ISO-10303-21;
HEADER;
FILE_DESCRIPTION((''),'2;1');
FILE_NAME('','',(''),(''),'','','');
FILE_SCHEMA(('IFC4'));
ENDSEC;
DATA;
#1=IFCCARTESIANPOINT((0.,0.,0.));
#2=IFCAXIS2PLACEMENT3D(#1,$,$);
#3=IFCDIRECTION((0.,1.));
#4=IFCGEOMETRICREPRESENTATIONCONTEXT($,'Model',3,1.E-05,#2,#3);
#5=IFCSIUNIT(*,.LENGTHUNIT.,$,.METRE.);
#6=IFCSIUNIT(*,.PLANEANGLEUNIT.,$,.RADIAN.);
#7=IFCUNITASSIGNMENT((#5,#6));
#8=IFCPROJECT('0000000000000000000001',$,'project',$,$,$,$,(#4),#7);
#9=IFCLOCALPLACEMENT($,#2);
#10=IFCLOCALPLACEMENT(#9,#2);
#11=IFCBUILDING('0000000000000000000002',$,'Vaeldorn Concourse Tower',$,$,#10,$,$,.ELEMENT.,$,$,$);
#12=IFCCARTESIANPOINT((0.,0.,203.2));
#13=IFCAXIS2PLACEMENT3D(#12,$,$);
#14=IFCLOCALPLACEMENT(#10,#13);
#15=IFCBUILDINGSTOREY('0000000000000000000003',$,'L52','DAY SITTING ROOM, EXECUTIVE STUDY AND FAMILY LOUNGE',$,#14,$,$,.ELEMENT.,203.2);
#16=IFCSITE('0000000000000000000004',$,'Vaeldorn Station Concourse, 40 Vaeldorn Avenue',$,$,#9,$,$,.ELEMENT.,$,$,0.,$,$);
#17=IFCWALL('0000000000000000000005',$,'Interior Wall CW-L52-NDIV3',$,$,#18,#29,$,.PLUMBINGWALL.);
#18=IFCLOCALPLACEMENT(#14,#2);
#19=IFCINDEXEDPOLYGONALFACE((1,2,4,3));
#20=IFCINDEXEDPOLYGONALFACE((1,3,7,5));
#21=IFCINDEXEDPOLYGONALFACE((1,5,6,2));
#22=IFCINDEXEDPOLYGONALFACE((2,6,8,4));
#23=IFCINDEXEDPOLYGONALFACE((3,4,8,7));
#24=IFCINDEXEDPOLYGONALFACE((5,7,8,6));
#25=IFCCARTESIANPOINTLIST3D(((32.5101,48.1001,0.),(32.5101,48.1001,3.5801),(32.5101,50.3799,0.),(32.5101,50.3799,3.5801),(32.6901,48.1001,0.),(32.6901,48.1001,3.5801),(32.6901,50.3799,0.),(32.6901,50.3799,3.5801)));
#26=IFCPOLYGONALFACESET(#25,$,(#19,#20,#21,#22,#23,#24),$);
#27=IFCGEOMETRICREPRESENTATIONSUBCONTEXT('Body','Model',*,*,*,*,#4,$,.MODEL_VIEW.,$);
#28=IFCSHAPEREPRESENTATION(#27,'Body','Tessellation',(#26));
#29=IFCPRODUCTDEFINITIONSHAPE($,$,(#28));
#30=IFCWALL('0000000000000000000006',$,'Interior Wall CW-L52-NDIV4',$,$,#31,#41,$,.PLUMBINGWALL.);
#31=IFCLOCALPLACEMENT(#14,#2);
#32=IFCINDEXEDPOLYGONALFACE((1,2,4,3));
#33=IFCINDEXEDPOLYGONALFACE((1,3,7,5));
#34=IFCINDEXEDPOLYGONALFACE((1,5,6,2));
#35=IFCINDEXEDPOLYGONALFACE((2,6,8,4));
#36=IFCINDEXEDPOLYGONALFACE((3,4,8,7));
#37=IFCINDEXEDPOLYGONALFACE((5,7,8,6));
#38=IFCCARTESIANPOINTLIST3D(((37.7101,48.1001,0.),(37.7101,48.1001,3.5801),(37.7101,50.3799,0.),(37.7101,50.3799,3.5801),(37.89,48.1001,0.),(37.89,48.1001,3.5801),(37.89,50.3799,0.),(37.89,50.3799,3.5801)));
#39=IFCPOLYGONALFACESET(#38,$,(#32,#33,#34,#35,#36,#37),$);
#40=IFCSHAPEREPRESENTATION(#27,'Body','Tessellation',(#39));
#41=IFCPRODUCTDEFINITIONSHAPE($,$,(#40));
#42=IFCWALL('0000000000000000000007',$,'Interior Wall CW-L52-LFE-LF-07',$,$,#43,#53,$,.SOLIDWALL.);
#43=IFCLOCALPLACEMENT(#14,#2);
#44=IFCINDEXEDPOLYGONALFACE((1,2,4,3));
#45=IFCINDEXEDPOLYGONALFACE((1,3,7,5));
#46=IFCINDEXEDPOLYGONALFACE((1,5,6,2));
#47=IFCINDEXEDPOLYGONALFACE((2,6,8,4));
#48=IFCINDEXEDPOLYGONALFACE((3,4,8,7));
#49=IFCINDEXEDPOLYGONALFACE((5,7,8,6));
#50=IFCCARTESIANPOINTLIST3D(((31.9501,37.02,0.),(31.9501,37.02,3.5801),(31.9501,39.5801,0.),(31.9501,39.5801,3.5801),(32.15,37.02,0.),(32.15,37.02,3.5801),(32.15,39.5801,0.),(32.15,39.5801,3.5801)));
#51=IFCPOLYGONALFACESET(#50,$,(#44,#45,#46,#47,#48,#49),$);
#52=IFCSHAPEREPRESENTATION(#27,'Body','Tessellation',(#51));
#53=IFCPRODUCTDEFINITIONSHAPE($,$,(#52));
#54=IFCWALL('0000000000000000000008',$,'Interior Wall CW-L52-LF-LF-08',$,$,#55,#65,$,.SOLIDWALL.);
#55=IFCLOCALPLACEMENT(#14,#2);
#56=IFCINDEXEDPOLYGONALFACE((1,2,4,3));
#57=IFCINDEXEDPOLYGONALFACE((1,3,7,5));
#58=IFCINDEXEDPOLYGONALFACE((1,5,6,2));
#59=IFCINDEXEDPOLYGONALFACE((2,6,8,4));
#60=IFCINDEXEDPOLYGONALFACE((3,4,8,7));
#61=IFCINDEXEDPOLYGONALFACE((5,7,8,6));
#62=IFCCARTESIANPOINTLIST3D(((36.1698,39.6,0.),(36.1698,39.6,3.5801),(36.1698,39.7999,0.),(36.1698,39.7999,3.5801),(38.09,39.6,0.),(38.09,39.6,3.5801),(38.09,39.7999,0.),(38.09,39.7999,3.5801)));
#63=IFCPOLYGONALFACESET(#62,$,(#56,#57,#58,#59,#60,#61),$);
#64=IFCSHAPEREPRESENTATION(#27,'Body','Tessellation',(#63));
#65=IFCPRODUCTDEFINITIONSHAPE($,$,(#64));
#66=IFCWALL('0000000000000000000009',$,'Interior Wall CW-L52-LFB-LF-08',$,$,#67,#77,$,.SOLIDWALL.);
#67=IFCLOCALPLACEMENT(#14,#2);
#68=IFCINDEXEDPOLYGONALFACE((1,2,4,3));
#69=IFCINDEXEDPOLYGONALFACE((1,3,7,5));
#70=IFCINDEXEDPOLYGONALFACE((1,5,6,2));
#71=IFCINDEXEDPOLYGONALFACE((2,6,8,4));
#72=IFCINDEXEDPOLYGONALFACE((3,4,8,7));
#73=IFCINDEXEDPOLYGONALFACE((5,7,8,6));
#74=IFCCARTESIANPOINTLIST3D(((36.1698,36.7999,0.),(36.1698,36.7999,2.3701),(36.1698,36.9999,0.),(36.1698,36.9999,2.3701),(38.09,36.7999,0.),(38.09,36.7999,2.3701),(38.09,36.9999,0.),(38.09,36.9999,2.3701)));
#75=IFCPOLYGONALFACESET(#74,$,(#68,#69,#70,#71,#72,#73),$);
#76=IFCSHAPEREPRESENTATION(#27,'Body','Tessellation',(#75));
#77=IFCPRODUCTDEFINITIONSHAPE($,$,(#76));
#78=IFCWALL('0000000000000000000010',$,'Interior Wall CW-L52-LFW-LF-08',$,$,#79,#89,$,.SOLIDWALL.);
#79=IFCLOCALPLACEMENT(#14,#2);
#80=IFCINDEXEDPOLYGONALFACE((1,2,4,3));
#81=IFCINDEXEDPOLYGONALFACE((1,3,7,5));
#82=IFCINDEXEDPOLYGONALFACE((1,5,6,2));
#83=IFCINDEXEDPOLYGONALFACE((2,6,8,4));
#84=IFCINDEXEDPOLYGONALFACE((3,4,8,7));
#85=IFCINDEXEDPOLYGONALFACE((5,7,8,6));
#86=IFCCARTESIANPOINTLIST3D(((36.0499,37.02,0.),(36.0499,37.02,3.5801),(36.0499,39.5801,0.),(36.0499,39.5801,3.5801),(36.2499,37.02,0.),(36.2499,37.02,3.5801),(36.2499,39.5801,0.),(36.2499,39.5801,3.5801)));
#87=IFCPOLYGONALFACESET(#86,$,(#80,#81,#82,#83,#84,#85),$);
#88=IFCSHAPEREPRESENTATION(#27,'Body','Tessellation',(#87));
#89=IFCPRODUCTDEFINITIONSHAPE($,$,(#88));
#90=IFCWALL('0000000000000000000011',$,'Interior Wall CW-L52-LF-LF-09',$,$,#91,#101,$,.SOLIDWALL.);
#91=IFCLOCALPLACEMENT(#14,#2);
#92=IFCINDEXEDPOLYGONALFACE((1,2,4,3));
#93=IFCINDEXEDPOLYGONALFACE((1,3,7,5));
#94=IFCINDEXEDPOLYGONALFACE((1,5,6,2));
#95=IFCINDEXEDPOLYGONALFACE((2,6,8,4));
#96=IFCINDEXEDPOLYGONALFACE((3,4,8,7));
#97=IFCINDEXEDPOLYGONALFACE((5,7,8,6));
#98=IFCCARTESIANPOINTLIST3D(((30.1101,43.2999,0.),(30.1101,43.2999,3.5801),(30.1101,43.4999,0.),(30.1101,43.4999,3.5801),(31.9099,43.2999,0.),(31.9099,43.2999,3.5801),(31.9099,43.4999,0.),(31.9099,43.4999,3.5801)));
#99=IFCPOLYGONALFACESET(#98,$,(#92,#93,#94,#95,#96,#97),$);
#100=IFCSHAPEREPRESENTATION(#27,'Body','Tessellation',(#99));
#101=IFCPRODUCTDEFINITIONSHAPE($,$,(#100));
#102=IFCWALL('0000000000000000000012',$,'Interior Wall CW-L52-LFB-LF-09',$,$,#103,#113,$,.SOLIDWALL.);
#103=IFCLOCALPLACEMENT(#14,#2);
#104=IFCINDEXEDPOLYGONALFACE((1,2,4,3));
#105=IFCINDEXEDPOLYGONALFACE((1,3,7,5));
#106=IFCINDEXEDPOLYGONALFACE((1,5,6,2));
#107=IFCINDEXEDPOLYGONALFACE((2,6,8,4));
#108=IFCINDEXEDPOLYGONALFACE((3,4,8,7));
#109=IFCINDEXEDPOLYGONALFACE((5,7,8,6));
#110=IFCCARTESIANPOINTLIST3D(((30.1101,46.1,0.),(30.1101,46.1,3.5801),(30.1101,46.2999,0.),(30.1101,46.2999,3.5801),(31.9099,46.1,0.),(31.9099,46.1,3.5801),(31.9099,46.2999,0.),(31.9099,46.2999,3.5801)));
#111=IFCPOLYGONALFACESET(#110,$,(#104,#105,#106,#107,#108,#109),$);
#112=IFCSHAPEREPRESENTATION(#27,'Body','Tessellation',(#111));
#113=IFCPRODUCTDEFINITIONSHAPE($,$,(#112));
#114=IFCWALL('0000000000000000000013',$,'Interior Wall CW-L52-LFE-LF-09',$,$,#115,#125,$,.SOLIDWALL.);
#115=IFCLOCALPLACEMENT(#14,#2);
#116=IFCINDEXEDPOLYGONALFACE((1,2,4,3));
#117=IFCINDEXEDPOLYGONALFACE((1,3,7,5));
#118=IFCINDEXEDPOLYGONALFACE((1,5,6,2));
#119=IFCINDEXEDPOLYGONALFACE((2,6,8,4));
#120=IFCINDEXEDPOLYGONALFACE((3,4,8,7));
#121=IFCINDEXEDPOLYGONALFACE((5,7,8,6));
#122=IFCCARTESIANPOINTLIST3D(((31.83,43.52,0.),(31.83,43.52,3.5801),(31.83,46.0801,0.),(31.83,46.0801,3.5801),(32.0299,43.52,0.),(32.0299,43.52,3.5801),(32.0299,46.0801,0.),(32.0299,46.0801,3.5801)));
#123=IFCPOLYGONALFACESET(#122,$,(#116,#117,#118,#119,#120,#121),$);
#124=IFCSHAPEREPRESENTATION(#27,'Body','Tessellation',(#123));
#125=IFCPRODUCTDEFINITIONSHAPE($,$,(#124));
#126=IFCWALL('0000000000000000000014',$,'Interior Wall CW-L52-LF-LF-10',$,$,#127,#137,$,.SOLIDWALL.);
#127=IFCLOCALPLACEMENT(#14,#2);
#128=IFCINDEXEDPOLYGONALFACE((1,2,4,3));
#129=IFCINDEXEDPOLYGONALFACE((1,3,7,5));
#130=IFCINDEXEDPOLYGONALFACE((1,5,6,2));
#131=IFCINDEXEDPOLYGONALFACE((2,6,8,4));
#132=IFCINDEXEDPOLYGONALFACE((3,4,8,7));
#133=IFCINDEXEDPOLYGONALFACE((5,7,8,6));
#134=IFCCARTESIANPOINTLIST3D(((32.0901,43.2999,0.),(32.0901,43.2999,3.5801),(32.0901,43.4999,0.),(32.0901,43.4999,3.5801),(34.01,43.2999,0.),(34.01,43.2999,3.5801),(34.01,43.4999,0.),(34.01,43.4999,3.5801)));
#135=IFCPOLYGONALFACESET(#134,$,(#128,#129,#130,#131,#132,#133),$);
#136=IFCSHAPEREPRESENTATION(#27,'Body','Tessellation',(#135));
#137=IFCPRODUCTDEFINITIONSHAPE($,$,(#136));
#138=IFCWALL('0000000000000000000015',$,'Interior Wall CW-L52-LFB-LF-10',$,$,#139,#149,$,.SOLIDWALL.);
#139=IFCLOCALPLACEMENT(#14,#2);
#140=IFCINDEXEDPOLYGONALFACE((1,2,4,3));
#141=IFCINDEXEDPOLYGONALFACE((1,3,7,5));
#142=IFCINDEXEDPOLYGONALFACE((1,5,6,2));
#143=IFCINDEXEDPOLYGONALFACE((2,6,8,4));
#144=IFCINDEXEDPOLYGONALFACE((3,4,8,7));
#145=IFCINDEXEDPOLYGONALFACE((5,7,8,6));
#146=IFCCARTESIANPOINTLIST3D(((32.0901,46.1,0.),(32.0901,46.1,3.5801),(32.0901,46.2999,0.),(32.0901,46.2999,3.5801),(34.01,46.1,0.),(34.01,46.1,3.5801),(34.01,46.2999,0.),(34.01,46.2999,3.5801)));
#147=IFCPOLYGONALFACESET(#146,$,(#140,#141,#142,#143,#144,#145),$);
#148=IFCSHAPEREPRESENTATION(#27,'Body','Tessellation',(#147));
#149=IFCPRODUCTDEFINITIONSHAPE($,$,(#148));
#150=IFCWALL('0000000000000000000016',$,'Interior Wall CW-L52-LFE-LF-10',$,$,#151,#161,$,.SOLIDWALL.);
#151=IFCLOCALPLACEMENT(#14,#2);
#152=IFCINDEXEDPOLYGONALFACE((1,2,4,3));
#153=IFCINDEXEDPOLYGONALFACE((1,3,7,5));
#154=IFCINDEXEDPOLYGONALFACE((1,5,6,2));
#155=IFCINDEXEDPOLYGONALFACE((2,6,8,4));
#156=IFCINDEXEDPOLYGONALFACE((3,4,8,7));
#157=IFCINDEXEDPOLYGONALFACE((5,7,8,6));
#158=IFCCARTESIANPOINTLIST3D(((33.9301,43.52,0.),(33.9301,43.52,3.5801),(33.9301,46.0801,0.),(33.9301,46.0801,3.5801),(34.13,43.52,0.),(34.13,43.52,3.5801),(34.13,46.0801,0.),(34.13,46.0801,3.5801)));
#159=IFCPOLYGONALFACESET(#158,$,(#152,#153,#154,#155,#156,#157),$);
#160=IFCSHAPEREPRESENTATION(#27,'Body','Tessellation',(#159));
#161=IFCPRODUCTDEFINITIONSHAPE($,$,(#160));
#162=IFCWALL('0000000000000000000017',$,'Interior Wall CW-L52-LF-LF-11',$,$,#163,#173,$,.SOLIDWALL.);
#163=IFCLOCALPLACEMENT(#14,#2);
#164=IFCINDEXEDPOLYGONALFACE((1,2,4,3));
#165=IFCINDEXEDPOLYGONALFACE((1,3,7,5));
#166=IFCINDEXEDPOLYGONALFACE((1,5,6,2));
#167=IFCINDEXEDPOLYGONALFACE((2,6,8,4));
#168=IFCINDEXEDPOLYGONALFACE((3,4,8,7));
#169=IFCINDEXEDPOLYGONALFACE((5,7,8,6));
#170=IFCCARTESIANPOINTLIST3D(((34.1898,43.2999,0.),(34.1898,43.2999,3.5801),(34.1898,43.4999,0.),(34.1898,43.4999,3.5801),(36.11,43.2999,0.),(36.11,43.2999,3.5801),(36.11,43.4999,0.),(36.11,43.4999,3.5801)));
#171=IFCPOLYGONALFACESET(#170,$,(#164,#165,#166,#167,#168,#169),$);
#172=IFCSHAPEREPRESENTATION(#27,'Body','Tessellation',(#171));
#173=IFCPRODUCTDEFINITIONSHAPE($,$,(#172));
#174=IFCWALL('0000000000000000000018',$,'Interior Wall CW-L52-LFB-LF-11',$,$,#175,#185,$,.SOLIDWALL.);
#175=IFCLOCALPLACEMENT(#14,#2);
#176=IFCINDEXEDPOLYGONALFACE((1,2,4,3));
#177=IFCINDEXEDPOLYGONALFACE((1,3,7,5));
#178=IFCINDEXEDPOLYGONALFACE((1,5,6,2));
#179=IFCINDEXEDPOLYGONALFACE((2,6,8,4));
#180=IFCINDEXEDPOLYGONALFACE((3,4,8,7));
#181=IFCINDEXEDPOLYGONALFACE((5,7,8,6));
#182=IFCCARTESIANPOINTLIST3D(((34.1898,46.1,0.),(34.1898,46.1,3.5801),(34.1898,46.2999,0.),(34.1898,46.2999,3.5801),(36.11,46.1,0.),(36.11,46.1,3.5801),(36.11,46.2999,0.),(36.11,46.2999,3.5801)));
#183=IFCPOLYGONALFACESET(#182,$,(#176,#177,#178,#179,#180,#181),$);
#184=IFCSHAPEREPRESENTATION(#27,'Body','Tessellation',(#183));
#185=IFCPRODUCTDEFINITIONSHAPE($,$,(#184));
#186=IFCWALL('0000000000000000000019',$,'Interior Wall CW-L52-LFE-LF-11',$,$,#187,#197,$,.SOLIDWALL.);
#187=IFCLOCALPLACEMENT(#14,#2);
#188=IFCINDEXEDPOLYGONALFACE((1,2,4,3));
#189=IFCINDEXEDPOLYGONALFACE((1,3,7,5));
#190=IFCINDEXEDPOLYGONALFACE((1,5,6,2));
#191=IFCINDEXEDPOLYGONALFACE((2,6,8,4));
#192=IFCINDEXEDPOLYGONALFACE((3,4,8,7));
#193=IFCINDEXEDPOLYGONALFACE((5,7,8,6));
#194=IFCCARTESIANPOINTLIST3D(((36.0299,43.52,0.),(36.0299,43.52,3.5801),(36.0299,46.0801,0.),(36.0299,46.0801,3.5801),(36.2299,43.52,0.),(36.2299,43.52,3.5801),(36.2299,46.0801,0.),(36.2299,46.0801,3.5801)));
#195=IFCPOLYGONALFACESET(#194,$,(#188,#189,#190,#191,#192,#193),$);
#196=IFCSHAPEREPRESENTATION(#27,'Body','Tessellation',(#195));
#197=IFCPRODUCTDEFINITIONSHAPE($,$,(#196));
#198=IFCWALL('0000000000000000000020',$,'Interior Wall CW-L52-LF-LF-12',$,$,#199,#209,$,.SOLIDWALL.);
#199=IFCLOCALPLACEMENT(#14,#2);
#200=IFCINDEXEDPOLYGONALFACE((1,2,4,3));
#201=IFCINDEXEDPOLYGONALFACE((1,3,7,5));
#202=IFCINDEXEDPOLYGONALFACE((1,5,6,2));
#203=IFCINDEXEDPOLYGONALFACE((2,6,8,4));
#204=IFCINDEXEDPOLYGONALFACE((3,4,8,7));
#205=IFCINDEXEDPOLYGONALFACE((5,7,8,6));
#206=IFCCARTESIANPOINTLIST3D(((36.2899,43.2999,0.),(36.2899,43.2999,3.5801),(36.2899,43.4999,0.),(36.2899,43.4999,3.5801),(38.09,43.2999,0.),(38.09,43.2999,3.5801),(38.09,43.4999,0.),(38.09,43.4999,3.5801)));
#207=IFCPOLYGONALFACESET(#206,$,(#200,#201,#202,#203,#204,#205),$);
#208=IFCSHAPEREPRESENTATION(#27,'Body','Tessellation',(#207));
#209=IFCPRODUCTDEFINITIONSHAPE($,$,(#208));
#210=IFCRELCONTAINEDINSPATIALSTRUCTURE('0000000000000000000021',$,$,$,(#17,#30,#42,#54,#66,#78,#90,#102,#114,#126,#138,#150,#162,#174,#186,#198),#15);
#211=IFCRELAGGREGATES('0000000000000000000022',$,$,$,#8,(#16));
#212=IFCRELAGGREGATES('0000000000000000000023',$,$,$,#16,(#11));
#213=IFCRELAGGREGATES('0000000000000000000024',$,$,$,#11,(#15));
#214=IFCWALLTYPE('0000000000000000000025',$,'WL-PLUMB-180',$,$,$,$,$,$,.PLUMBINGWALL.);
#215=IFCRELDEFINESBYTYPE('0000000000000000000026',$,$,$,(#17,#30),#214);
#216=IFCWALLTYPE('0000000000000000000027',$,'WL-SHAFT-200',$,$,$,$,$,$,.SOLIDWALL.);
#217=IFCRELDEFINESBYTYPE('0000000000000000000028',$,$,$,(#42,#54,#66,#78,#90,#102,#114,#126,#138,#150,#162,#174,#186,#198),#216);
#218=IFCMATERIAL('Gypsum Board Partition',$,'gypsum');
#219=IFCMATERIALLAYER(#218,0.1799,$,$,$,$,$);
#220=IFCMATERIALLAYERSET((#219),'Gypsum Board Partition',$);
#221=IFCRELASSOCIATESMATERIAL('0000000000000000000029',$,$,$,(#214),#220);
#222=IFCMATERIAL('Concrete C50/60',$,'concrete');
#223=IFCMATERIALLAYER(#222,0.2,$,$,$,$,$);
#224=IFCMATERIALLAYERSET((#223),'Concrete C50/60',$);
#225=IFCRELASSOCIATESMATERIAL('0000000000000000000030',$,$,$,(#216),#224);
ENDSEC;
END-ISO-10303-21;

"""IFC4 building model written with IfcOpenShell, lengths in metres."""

from ifc_helpers import new_model, si_unit, direction, frame, frame_2d, origin, place, context, subcontext, project, spatial, rectangle, extrude, material, layer, layer_set, type_object, element, save


model = new_model("IFC4")

# Units and contexts
model_context = context("Model", 3, precision=1e-05, world=origin(), true_north=direction((0.0, 1.0)))
body_context = subcontext(model_context, "Body", "Model", "MODEL_VIEW")
ifc_project = project(units=[si_unit("LENGTHUNIT", "METRE"), si_unit("PLANEANGLEUNIT", "RADIAN")], contexts=[model_context])

# Site, building, storey
site_placement = place(None, origin())
site = spatial("IfcSite", under=ifc_project, at=site_placement, Name="Vaeldorn Station Concourse, 40 Vaeldorn Avenue", CompositionType="ELEMENT", RefElevation=0.0)
building_placement = place(site_placement, origin())
building = spatial("IfcBuilding", under=site, at=building_placement, Name="Vaeldorn Concourse Tower", CompositionType="ELEMENT")
storey_placement = place(building_placement, frame((0.0, 0.0, 203.2)))
storey = spatial("IfcBuildingStorey", under=building, at=storey_placement, Name="L52", Description="DAY SITTING ROOM, EXECUTIVE STUDY AND FAMILY LOUNGE", CompositionType="ELEMENT", Elevation=203.2)

# Shared definitions
ifc_material_1 = material(Name="Concrete C50/60", Category="concrete")

# Shared definitions
ifc_material_2 = material(Name="Gypsum Board Partition", Category="gypsum")

# Walls
ifc_layer_1 = layer(ifc_material_2, 0.1799)
ifc_layer_set_1 = layer_set([ifc_layer_1], Name="Gypsum Board Partition")
wall_type_1 = type_object("IfcWallType", Name="WL-PLUMB-180", PredefinedType="PLUMBINGWALL", material=ifc_layer_set_1)
for number, where, z_axis, x_axis, name in (
    (1, (32.6001, 48.1001, 0.0), (0.0, 0.0, 1.0), (0.0, 1.0, 0.0), "Interior Wall CW-L52-NDIV3"),
    (2, (37.8, 48.1001, 0.0), (0.0, 0.0, 1.0), (0.0, 1.0, 0.0), "Interior Wall CW-L52-NDIV4"),
):
    element("IfcWall", number, at=place(storey_placement, frame(where, z_axis=z_axis, x_axis=x_axis)), inside=storey, type_object=wall_type_1, Name=name, PredefinedType="PLUMBINGWALL", context=body_context, shape_type="SweptSolid", body=[
        extrude(rectangle(XDim=2.2798, YDim=0.1799, at=frame_2d((1.1399, 0.0))), origin(), (0.0, 0.0, 1.0), 3.5801),
    ])
ifc_layer_2 = layer(ifc_material_1, 0.2)
ifc_layer_set_2 = layer_set([ifc_layer_2], Name="Concrete C50/60")
wall_type_2 = type_object("IfcWallType", Name="WL-SHAFT-200", PredefinedType="SOLIDWALL", material=ifc_layer_set_2)
wall_1_placement = place(storey_placement, frame((32.05, 37.02, 0.0), z_axis=(0.0, 0.0, 1.0), x_axis=(0.0, 1.0, 0.0)))
element("IfcWall", 3, at=wall_1_placement, inside=storey, type_object=wall_type_2, Name="Interior Wall CW-L52-LFE-LF-07", PredefinedType="SOLIDWALL", context=body_context, shape_type="SweptSolid", body=[
    extrude(rectangle(XDim=2.5601, YDim=0.2, at=frame_2d((1.28, 0.0))), origin(), (0.0, 0.0, 1.0), 3.5801),
])
wall_2_placement = place(storey_placement, frame((36.1699, 39.7, 0.0), z_axis=(0.0, 0.0, 1.0), x_axis=(1.0, 0.0, 0.0)))
element("IfcWall", 4, at=wall_2_placement, inside=storey, type_object=wall_type_2, Name="Interior Wall CW-L52-LF-LF-08", PredefinedType="SOLIDWALL", context=body_context, shape_type="SweptSolid", body=[
    extrude(rectangle(XDim=1.9202, YDim=0.2, at=frame_2d((0.96, 0.0))), origin(), (0.0, 0.0, 1.0), 3.5801),
])
wall_3_placement = place(storey_placement, frame((36.1699, 36.8999, 0.0), z_axis=(0.0, 0.0, 1.0), x_axis=(1.0, 0.0, 0.0)))
element("IfcWall", 5, at=wall_3_placement, inside=storey, type_object=wall_type_2, Name="Interior Wall CW-L52-LFB-LF-08", PredefinedType="SOLIDWALL", context=body_context, shape_type="SweptSolid", body=[
    extrude(rectangle(XDim=1.9202, YDim=0.2, at=frame_2d((0.96, 0.0))), origin(), (0.0, 0.0, 1.0), 2.3701),
])
wall_4_placement = place(storey_placement, frame((36.1499, 37.02, 0.0), z_axis=(0.0, 0.0, 1.0), x_axis=(0.0, 1.0, 0.0)))
element("IfcWall", 6, at=wall_4_placement, inside=storey, type_object=wall_type_2, Name="Interior Wall CW-L52-LFW-LF-08", PredefinedType="SOLIDWALL", context=body_context, shape_type="SweptSolid", body=[
    extrude(rectangle(XDim=2.5601, YDim=0.2, at=frame_2d((1.28, 0.0))), origin(), (0.0, 0.0, 1.0), 3.5801),
])
for number, where, z_axis, x_axis, name in (
    (7, (30.1101, 43.3999, 0.0), (0.0, 0.0, 1.0), (1.0, 0.0, 0.0), "Interior Wall CW-L52-LF-LF-09"),
    (8, (30.1101, 46.2, 0.0), (0.0, 0.0, 1.0), (1.0, 0.0, 0.0), "Interior Wall CW-L52-LFB-LF-09"),
):
    element("IfcWall", number, at=place(storey_placement, frame(where, z_axis=z_axis, x_axis=x_axis)), inside=storey, type_object=wall_type_2, Name=name, PredefinedType="SOLIDWALL", context=body_context, shape_type="SweptSolid", body=[
        extrude(rectangle(XDim=1.7998, YDim=0.2, at=frame_2d((0.8999, 0.0))), origin(), (0.0, 0.0, 1.0), 3.5801),
    ])
wall_5_placement = place(storey_placement, frame((31.9299, 43.52, 0.0), z_axis=(0.0, 0.0, 1.0), x_axis=(0.0, 1.0, 0.0)))
element("IfcWall", 9, at=wall_5_placement, inside=storey, type_object=wall_type_2, Name="Interior Wall CW-L52-LFE-LF-09", PredefinedType="SOLIDWALL", context=body_context, shape_type="SweptSolid", body=[
    extrude(rectangle(XDim=2.5601, YDim=0.2, at=frame_2d((1.28, 0.0))), origin(), (0.0, 0.0, 1.0), 3.5801),
])
for number, where, z_axis, x_axis, name in (
    (10, (32.0901, 43.3999, 0.0), (0.0, 0.0, 1.0), (1.0, 0.0, 0.0), "Interior Wall CW-L52-LF-LF-10"),
    (11, (32.0901, 46.2, 0.0), (0.0, 0.0, 1.0), (1.0, 0.0, 0.0), "Interior Wall CW-L52-LFB-LF-10"),
):
    element("IfcWall", number, at=place(storey_placement, frame(where, z_axis=z_axis, x_axis=x_axis)), inside=storey, type_object=wall_type_2, Name=name, PredefinedType="SOLIDWALL", context=body_context, shape_type="SweptSolid", body=[
        extrude(rectangle(XDim=1.9199, YDim=0.2, at=frame_2d((0.96, 0.0))), origin(), (0.0, 0.0, 1.0), 3.5801),
    ])
wall_6_placement = place(storey_placement, frame((34.03, 43.52, 0.0), z_axis=(0.0, 0.0, 1.0), x_axis=(0.0, 1.0, 0.0)))
element("IfcWall", 12, at=wall_6_placement, inside=storey, type_object=wall_type_2, Name="Interior Wall CW-L52-LFE-LF-10", PredefinedType="SOLIDWALL", context=body_context, shape_type="SweptSolid", body=[
    extrude(rectangle(XDim=2.5601, YDim=0.2, at=frame_2d((1.28, 0.0))), origin(), (0.0, 0.0, 1.0), 3.5801),
])
for number, where, z_axis, x_axis, name in (
    (13, (34.1899, 43.3999, 0.0), (0.0, 0.0, 1.0), (1.0, 0.0, 0.0), "Interior Wall CW-L52-LF-LF-11"),
    (14, (34.1899, 46.2, 0.0), (0.0, 0.0, 1.0), (1.0, 0.0, 0.0), "Interior Wall CW-L52-LFB-LF-11"),
):
    element("IfcWall", number, at=place(storey_placement, frame(where, z_axis=z_axis, x_axis=x_axis)), inside=storey, type_object=wall_type_2, Name=name, PredefinedType="SOLIDWALL", context=body_context, shape_type="SweptSolid", body=[
        extrude(rectangle(XDim=1.9202, YDim=0.2, at=frame_2d((0.96, 0.0))), origin(), (0.0, 0.0, 1.0), 3.5801),
    ])
wall_7_placement = place(storey_placement, frame((36.1299, 43.52, 0.0), z_axis=(0.0, 0.0, 1.0), x_axis=(0.0, 1.0, 0.0)))
element("IfcWall", 15, at=wall_7_placement, inside=storey, type_object=wall_type_2, Name="Interior Wall CW-L52-LFE-LF-11", PredefinedType="SOLIDWALL", context=body_context, shape_type="SweptSolid", body=[
    extrude(rectangle(XDim=2.5601, YDim=0.2, at=frame_2d((1.28, 0.0))), origin(), (0.0, 0.0, 1.0), 3.5801),
])
for number, where, z_axis, x_axis, name in (
    (16, (36.29, 43.3999, 0.0), (0.0, 0.0, 1.0), (1.0, 0.0, 0.0), "Interior Wall CW-L52-LF-LF-12"),
):
    element("IfcWall", number, at=place(storey_placement, frame(where, z_axis=z_axis, x_axis=x_axis)), inside=storey, type_object=wall_type_2, Name=name, PredefinedType="SOLIDWALL", context=body_context, shape_type="SweptSolid", body=[
        extrude(rectangle(XDim=1.8, YDim=0.2, at=frame_2d((0.8999, 0.0))), origin(), (0.0, 0.0, 1.0), 3.5801),
    ])

save(model, "model.ifc")
